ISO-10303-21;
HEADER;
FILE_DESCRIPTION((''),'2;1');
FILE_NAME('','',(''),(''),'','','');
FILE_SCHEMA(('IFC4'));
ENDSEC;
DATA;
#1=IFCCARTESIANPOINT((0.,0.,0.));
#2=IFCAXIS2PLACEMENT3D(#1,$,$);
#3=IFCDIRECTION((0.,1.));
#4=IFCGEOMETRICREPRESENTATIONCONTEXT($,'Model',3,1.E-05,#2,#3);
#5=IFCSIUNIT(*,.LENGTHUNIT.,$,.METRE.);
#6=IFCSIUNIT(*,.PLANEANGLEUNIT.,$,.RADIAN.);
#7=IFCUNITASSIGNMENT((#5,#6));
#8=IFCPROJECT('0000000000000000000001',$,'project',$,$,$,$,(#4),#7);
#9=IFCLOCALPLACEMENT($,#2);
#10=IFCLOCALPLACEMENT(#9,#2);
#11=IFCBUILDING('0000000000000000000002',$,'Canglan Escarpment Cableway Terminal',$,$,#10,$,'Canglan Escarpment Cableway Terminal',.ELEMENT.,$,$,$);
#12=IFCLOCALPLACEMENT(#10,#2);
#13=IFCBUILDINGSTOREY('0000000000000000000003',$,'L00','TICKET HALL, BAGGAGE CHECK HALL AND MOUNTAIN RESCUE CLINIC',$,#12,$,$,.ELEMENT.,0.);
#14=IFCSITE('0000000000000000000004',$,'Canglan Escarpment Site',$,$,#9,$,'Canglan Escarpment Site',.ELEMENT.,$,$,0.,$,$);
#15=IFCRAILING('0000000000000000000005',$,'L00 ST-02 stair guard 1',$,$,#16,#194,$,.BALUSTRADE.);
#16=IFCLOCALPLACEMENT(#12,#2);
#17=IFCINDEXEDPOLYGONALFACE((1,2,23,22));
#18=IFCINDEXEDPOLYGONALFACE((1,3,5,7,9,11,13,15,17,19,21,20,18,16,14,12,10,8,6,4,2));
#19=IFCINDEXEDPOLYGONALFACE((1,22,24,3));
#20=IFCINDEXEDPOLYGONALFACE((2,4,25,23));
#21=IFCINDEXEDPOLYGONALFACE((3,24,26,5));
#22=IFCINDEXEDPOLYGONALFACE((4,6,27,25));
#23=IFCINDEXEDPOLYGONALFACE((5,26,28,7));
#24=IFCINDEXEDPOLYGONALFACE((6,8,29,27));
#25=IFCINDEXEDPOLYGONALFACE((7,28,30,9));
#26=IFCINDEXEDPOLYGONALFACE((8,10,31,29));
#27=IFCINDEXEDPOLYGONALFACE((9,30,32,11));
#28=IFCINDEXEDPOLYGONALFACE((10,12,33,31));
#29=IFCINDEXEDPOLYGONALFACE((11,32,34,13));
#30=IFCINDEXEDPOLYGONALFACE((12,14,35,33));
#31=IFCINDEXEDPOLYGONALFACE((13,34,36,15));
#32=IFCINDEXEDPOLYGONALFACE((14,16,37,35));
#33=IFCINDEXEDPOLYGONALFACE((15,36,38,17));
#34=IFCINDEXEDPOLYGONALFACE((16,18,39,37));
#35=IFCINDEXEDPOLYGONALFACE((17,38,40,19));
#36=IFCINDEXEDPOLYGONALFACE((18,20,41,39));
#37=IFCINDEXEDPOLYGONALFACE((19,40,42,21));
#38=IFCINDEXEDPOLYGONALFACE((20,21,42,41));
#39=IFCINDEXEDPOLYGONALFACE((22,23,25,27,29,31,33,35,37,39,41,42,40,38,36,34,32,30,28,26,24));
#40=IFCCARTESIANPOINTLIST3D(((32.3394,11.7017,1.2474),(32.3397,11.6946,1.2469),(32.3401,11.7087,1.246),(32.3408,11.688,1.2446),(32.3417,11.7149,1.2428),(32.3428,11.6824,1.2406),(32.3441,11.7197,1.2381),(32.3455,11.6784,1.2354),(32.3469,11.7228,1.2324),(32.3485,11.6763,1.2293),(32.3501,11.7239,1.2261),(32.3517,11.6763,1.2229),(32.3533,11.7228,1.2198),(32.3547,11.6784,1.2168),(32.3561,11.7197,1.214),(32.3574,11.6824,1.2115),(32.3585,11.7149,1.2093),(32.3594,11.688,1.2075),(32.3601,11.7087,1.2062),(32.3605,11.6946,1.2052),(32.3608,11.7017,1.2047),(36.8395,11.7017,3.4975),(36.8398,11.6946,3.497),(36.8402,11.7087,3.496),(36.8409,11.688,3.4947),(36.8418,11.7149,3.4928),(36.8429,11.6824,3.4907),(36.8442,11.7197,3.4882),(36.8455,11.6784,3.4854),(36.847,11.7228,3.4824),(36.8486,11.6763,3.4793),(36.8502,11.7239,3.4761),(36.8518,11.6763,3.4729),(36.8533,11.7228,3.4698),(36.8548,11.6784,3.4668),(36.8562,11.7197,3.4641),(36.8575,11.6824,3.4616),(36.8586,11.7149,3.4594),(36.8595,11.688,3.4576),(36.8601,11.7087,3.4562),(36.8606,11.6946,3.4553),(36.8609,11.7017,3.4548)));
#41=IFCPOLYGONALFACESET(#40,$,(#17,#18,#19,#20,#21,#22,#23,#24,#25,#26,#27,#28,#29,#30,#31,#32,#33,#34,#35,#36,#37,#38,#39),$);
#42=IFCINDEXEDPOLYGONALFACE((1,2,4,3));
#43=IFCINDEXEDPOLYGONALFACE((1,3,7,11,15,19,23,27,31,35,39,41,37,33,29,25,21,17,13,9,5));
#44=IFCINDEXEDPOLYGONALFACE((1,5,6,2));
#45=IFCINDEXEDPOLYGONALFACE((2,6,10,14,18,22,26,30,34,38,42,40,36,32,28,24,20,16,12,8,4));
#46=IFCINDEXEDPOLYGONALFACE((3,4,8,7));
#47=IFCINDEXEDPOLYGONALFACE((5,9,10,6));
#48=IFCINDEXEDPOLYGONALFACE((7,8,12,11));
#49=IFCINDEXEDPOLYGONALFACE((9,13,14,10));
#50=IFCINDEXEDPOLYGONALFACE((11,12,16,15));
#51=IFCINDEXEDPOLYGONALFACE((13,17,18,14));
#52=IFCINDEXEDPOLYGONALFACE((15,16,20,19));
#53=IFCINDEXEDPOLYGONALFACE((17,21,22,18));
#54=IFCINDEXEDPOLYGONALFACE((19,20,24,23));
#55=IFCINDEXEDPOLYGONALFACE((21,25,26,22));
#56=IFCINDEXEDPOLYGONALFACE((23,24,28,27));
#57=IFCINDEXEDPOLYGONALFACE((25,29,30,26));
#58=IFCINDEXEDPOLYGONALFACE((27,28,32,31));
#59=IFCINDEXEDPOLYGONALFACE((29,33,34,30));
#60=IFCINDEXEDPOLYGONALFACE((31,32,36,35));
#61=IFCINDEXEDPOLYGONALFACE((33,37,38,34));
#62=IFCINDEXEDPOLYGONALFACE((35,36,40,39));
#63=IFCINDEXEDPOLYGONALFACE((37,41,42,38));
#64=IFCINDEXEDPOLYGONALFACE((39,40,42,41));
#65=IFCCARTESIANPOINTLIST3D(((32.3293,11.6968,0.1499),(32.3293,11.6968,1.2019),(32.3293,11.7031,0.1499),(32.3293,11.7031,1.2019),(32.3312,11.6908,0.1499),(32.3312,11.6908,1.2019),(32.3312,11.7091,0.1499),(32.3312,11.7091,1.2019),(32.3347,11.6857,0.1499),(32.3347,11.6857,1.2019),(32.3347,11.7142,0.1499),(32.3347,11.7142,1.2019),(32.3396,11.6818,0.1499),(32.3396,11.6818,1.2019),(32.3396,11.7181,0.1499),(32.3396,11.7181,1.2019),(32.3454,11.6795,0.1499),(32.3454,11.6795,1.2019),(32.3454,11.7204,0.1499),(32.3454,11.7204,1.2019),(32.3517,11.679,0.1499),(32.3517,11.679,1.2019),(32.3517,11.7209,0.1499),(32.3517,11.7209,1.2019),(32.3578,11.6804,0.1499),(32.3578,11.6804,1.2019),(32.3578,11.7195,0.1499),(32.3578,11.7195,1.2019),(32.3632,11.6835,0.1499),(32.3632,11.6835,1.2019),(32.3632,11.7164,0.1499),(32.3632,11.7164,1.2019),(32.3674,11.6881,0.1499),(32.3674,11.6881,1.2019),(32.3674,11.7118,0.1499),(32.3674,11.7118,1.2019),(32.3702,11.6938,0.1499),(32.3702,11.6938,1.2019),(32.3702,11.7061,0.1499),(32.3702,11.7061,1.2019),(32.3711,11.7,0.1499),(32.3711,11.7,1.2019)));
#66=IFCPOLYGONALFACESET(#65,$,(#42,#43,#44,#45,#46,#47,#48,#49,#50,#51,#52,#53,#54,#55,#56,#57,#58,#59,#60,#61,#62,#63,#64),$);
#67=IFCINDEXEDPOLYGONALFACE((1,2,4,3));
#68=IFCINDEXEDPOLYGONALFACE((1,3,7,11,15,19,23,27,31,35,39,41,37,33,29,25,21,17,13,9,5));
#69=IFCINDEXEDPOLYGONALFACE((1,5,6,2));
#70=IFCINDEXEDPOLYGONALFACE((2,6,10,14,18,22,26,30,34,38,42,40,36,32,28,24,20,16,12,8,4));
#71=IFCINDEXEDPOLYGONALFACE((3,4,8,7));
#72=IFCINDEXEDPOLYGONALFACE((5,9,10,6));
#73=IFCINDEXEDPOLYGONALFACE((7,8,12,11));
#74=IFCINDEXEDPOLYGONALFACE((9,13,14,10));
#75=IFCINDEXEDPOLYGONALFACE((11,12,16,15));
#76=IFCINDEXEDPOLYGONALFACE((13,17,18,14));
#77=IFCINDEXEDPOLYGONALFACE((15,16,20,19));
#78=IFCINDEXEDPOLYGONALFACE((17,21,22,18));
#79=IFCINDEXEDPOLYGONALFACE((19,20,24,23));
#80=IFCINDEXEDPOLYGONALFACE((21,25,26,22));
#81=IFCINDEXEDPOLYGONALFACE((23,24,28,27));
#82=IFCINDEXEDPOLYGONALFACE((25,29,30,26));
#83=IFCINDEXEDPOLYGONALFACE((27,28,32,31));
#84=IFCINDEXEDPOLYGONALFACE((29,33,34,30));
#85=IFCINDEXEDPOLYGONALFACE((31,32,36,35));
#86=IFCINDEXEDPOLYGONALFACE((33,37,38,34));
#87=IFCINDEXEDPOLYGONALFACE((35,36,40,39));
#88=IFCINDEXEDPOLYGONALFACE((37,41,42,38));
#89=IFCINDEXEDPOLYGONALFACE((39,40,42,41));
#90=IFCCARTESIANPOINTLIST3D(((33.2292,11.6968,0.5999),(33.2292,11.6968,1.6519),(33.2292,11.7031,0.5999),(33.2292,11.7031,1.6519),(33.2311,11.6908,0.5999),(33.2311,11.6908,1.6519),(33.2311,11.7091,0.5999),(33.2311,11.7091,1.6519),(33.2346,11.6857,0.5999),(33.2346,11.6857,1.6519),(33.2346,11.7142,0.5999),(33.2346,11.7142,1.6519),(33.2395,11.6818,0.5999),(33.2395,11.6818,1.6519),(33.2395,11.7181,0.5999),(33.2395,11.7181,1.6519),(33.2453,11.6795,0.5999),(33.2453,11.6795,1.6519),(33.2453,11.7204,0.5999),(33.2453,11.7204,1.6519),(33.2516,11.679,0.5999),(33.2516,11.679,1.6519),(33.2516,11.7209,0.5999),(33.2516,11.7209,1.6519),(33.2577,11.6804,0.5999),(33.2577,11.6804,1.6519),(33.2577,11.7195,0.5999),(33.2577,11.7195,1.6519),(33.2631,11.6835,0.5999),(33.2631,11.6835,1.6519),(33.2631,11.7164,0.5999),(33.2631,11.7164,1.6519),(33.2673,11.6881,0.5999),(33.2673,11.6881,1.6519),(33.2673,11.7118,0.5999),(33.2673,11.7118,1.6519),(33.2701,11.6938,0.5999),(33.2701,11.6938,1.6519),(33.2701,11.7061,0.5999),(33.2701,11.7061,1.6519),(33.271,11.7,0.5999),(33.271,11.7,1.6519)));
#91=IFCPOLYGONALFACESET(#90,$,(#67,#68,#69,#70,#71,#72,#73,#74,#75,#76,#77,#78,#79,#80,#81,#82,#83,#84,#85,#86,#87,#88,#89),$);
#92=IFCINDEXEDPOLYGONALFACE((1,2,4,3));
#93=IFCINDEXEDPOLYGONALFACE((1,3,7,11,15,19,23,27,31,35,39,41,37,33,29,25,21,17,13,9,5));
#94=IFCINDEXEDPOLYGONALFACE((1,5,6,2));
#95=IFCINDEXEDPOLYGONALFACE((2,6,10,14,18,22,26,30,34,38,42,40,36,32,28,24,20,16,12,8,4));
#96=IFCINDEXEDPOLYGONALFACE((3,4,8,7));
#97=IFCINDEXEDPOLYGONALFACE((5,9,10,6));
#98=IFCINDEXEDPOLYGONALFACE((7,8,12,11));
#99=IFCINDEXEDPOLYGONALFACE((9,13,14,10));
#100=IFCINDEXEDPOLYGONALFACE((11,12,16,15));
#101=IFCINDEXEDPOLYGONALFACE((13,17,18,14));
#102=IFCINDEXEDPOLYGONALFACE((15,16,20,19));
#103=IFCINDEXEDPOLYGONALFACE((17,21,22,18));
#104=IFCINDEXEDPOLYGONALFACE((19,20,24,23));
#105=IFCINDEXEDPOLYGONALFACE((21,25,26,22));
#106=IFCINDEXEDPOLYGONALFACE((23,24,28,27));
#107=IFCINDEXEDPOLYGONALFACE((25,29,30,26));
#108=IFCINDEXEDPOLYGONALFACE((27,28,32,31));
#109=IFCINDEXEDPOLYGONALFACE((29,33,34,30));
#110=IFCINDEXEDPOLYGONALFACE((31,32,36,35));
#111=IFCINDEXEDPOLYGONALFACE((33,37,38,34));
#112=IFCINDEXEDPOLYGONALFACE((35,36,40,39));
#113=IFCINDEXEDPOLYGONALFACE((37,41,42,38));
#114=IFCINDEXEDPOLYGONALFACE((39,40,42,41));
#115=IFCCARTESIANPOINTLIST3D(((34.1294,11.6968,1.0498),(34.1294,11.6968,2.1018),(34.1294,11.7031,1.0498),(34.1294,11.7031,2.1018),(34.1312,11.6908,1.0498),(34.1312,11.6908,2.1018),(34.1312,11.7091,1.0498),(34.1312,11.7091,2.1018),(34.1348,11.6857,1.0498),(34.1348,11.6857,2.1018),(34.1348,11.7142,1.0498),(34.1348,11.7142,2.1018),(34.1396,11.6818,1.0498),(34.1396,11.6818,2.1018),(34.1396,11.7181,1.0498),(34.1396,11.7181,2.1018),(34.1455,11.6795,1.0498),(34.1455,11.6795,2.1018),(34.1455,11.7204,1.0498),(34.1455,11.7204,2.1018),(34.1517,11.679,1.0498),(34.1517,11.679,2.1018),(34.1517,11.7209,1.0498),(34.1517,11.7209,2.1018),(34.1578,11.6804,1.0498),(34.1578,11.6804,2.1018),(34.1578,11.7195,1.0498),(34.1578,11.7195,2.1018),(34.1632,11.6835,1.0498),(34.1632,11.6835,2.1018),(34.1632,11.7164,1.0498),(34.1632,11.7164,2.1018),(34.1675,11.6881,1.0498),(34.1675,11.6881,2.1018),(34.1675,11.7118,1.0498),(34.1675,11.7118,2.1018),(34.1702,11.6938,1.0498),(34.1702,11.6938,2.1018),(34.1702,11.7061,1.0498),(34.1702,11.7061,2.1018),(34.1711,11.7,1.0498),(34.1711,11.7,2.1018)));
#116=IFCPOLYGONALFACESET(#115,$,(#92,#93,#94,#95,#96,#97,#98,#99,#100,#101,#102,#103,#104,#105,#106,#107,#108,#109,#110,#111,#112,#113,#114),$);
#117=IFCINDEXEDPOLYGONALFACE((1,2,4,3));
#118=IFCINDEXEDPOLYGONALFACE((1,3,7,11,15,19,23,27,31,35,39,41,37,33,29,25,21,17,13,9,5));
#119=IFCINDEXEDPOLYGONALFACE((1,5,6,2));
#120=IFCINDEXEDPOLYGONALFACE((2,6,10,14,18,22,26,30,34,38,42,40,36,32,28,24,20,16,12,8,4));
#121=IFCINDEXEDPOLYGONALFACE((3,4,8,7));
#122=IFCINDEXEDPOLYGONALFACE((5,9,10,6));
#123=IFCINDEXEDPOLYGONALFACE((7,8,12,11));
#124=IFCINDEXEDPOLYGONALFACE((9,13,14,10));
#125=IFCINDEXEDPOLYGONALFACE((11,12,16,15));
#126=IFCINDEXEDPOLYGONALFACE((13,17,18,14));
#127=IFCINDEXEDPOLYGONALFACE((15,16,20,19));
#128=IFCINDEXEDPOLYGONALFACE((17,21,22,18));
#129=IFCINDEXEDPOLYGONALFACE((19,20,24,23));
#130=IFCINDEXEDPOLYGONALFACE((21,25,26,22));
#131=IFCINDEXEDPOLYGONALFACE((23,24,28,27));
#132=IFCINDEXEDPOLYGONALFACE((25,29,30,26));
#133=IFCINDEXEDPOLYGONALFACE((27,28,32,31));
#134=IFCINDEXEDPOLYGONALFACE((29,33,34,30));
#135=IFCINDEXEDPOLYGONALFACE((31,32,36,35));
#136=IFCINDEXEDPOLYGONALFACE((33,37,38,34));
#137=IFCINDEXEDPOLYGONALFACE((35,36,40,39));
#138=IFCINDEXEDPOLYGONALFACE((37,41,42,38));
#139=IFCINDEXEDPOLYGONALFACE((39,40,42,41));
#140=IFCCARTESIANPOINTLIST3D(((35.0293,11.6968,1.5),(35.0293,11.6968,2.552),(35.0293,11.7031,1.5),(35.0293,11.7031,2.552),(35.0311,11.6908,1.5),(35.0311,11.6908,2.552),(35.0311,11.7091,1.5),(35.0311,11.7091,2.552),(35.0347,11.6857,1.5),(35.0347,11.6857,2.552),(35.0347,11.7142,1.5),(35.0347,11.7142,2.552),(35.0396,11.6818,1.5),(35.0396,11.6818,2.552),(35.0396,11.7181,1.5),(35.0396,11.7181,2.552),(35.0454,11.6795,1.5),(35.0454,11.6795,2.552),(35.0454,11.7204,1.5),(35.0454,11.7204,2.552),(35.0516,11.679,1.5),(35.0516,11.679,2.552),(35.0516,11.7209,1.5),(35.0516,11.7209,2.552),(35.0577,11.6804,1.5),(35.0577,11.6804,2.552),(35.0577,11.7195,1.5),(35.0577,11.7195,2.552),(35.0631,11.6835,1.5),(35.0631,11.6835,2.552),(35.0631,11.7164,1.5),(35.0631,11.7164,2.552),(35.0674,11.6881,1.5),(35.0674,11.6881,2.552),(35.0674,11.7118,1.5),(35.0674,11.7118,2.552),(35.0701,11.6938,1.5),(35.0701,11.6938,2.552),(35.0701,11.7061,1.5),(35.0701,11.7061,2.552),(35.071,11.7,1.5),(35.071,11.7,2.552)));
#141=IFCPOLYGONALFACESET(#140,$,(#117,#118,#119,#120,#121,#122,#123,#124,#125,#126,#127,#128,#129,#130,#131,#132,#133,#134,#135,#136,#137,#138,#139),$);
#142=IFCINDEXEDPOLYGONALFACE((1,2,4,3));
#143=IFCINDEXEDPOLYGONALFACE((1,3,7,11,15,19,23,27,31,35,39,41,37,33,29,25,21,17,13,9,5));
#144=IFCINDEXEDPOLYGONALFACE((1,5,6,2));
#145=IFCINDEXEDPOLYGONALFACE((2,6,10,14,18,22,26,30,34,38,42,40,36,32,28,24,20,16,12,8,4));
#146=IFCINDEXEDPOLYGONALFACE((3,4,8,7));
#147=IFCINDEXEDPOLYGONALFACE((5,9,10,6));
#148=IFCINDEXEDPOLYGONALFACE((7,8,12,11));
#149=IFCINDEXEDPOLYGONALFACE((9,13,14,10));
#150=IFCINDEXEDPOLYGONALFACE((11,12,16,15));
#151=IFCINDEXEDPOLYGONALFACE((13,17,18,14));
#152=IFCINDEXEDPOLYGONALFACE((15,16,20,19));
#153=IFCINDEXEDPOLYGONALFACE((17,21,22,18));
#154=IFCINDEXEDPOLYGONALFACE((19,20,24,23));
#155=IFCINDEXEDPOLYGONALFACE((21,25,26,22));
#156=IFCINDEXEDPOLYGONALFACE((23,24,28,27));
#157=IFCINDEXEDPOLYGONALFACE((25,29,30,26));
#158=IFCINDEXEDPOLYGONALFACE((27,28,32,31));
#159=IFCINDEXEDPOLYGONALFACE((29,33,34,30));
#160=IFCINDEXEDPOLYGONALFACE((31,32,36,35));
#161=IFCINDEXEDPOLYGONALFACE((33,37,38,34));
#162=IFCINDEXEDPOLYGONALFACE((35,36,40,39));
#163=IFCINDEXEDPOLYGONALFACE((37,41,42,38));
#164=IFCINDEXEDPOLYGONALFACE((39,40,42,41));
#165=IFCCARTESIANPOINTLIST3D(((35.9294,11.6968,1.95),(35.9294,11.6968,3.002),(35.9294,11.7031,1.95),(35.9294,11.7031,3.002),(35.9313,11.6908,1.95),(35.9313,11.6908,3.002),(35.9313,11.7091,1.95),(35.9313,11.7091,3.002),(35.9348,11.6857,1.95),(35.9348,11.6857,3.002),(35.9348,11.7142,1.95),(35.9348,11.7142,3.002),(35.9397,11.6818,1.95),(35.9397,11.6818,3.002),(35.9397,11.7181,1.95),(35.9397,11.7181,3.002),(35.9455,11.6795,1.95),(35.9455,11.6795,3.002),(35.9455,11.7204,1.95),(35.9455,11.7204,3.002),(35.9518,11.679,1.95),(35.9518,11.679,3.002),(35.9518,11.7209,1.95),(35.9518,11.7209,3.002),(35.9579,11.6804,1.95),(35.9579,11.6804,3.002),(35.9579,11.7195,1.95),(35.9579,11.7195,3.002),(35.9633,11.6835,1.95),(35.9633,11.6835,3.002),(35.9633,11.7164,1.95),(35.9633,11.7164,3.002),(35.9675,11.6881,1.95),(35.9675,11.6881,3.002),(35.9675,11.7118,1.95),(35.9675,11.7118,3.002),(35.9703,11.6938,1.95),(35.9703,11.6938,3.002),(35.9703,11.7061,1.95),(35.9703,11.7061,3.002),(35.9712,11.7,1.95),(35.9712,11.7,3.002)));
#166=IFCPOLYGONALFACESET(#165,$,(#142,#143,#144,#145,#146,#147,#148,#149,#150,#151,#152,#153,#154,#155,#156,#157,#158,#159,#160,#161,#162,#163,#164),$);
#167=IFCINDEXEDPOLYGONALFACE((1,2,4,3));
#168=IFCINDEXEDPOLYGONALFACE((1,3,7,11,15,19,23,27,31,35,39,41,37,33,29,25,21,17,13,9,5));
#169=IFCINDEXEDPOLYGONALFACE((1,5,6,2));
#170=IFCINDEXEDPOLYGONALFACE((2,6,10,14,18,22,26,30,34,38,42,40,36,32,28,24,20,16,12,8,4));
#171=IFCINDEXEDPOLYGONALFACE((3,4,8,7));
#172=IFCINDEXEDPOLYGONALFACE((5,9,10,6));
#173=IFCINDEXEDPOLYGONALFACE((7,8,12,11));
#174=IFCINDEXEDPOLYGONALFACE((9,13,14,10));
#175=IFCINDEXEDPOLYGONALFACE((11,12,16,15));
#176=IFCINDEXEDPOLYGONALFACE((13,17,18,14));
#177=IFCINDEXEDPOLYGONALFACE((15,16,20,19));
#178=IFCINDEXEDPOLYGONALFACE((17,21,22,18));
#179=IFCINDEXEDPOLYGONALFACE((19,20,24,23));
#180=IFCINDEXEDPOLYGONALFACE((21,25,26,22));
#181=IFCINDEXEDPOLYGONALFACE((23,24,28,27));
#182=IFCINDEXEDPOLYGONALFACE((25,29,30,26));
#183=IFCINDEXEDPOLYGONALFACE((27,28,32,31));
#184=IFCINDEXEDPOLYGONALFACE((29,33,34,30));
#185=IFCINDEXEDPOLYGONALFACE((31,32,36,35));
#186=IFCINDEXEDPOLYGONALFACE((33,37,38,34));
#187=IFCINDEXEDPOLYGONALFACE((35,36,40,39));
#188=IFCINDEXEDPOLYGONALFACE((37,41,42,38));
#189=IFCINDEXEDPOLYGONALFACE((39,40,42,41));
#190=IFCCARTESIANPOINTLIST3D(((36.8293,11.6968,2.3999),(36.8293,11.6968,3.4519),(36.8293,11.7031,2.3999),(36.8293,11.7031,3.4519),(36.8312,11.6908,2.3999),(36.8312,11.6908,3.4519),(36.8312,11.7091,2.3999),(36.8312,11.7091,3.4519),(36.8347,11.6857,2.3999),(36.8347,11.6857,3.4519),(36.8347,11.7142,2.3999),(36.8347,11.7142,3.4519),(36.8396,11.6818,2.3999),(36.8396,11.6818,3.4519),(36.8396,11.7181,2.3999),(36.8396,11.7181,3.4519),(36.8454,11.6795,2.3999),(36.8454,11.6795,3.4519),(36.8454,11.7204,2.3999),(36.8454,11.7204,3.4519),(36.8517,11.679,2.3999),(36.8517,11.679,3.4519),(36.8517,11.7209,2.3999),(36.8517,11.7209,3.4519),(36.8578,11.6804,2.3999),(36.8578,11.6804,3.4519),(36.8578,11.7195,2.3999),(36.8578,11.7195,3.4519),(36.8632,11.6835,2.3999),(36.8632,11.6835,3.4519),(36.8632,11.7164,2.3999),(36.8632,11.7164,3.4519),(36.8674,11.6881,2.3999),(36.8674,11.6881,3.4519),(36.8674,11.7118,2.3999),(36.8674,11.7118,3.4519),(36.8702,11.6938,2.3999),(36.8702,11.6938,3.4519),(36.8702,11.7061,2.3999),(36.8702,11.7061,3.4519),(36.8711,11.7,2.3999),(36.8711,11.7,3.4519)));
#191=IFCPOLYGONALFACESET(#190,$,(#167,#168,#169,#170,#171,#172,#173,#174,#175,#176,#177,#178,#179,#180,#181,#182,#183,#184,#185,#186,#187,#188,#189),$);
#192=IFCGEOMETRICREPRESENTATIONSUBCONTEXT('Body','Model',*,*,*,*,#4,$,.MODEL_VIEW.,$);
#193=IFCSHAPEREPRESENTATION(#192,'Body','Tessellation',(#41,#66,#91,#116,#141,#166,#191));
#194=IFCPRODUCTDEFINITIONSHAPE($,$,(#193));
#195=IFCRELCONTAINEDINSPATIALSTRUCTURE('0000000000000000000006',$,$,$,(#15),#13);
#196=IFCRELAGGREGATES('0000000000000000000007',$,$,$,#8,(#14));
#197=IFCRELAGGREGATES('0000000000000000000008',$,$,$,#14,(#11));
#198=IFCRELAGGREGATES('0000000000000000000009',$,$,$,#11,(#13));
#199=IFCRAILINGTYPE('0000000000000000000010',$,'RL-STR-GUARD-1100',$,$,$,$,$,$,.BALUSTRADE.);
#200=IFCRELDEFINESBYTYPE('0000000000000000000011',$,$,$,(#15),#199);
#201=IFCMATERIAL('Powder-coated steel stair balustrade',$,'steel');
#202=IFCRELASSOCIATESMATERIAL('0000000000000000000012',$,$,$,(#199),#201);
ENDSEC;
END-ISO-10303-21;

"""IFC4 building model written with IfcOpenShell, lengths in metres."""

from ifc_helpers import new_model, si_unit, direction, frame, origin, origin_2d, place, context, subcontext, project, spatial, circle, extrude, material, type_object, element, save


model = new_model("IFC4")

# Units and contexts
model_context = context("Model", 3, precision=1e-05, world=origin(), true_north=direction((0.0, 1.0)))
body_context = subcontext(model_context, "Body", "Model", "MODEL_VIEW")
ifc_project = project(units=[si_unit("LENGTHUNIT", "METRE"), si_unit("PLANEANGLEUNIT", "RADIAN")], contexts=[model_context])

# Site, building, storey
site_placement = place(None, origin())
site = spatial("IfcSite", under=ifc_project, at=site_placement, Name="Canglan Escarpment Site", LongName="Canglan Escarpment Site", CompositionType="ELEMENT", RefElevation=0.0)
building_placement = place(site_placement, origin())
building = spatial("IfcBuilding", under=site, at=building_placement, Name="Canglan Escarpment Cableway Terminal", LongName="Canglan Escarpment Cableway Terminal", CompositionType="ELEMENT")
storey_placement = place(building_placement, origin())
storey = spatial("IfcBuildingStorey", under=building, at=storey_placement, Name="L00", Description="TICKET HALL, BAGGAGE CHECK HALL AND MOUNTAIN RESCUE CLINIC", CompositionType="ELEMENT", Elevation=0.0)

# Railing
ifc_material_1 = material(Name="Powder-coated steel stair balustrade", Category="steel")
railing_type_1 = type_object("IfcRailingType", Name="RL-STR-GUARD-1100", PredefinedType="BALUSTRADE", material=ifc_material_1)
railing_1_placement = place(storey_placement, frame((32.3501, 11.7, 0.1499)))
element("IfcRailing", 1, at=railing_1_placement, inside=storey, type_object=railing_type_1, Name="L00 ST-02 stair guard 1", PredefinedType="BALUSTRADE", context=body_context, shape_type="SweptSolid", body=[
    extrude(circle(Radius=0.0239, at=origin_2d()), frame((0.0, 0.0, 1.0762), z_axis=(0.894427, 0.0, 0.447214), x_axis=(0.0, 1.0, 0.0)), (0.0, 0.0, 1.0), 5.0312),
    extrude(circle(Radius=0.021, at=origin_2d()), origin(), (0.0, 0.0, 1.0), 1.052),
    extrude(circle(Radius=0.021, at=origin_2d()), frame((0.8999, 0.0, 0.45)), (0.0, 0.0, 1.0), 1.052),
    extrude(circle(Radius=0.021, at=origin_2d()), frame((1.8, 0.0, 0.8999)), (0.0, 0.0, 1.0), 1.052),
    extrude(circle(Radius=0.021, at=origin_2d()), frame((2.7, 0.0, 1.3501)), (0.0, 0.0, 1.0), 1.052),
    extrude(circle(Radius=0.021, at=origin_2d()), frame((3.6001, 0.0, 1.8)), (0.0, 0.0, 1.0), 1.052),
    extrude(circle(Radius=0.021, at=origin_2d()), frame((4.5, 0.0, 2.25)), (0.0, 0.0, 1.0), 1.052),
])

save(model, "model.ifc")
